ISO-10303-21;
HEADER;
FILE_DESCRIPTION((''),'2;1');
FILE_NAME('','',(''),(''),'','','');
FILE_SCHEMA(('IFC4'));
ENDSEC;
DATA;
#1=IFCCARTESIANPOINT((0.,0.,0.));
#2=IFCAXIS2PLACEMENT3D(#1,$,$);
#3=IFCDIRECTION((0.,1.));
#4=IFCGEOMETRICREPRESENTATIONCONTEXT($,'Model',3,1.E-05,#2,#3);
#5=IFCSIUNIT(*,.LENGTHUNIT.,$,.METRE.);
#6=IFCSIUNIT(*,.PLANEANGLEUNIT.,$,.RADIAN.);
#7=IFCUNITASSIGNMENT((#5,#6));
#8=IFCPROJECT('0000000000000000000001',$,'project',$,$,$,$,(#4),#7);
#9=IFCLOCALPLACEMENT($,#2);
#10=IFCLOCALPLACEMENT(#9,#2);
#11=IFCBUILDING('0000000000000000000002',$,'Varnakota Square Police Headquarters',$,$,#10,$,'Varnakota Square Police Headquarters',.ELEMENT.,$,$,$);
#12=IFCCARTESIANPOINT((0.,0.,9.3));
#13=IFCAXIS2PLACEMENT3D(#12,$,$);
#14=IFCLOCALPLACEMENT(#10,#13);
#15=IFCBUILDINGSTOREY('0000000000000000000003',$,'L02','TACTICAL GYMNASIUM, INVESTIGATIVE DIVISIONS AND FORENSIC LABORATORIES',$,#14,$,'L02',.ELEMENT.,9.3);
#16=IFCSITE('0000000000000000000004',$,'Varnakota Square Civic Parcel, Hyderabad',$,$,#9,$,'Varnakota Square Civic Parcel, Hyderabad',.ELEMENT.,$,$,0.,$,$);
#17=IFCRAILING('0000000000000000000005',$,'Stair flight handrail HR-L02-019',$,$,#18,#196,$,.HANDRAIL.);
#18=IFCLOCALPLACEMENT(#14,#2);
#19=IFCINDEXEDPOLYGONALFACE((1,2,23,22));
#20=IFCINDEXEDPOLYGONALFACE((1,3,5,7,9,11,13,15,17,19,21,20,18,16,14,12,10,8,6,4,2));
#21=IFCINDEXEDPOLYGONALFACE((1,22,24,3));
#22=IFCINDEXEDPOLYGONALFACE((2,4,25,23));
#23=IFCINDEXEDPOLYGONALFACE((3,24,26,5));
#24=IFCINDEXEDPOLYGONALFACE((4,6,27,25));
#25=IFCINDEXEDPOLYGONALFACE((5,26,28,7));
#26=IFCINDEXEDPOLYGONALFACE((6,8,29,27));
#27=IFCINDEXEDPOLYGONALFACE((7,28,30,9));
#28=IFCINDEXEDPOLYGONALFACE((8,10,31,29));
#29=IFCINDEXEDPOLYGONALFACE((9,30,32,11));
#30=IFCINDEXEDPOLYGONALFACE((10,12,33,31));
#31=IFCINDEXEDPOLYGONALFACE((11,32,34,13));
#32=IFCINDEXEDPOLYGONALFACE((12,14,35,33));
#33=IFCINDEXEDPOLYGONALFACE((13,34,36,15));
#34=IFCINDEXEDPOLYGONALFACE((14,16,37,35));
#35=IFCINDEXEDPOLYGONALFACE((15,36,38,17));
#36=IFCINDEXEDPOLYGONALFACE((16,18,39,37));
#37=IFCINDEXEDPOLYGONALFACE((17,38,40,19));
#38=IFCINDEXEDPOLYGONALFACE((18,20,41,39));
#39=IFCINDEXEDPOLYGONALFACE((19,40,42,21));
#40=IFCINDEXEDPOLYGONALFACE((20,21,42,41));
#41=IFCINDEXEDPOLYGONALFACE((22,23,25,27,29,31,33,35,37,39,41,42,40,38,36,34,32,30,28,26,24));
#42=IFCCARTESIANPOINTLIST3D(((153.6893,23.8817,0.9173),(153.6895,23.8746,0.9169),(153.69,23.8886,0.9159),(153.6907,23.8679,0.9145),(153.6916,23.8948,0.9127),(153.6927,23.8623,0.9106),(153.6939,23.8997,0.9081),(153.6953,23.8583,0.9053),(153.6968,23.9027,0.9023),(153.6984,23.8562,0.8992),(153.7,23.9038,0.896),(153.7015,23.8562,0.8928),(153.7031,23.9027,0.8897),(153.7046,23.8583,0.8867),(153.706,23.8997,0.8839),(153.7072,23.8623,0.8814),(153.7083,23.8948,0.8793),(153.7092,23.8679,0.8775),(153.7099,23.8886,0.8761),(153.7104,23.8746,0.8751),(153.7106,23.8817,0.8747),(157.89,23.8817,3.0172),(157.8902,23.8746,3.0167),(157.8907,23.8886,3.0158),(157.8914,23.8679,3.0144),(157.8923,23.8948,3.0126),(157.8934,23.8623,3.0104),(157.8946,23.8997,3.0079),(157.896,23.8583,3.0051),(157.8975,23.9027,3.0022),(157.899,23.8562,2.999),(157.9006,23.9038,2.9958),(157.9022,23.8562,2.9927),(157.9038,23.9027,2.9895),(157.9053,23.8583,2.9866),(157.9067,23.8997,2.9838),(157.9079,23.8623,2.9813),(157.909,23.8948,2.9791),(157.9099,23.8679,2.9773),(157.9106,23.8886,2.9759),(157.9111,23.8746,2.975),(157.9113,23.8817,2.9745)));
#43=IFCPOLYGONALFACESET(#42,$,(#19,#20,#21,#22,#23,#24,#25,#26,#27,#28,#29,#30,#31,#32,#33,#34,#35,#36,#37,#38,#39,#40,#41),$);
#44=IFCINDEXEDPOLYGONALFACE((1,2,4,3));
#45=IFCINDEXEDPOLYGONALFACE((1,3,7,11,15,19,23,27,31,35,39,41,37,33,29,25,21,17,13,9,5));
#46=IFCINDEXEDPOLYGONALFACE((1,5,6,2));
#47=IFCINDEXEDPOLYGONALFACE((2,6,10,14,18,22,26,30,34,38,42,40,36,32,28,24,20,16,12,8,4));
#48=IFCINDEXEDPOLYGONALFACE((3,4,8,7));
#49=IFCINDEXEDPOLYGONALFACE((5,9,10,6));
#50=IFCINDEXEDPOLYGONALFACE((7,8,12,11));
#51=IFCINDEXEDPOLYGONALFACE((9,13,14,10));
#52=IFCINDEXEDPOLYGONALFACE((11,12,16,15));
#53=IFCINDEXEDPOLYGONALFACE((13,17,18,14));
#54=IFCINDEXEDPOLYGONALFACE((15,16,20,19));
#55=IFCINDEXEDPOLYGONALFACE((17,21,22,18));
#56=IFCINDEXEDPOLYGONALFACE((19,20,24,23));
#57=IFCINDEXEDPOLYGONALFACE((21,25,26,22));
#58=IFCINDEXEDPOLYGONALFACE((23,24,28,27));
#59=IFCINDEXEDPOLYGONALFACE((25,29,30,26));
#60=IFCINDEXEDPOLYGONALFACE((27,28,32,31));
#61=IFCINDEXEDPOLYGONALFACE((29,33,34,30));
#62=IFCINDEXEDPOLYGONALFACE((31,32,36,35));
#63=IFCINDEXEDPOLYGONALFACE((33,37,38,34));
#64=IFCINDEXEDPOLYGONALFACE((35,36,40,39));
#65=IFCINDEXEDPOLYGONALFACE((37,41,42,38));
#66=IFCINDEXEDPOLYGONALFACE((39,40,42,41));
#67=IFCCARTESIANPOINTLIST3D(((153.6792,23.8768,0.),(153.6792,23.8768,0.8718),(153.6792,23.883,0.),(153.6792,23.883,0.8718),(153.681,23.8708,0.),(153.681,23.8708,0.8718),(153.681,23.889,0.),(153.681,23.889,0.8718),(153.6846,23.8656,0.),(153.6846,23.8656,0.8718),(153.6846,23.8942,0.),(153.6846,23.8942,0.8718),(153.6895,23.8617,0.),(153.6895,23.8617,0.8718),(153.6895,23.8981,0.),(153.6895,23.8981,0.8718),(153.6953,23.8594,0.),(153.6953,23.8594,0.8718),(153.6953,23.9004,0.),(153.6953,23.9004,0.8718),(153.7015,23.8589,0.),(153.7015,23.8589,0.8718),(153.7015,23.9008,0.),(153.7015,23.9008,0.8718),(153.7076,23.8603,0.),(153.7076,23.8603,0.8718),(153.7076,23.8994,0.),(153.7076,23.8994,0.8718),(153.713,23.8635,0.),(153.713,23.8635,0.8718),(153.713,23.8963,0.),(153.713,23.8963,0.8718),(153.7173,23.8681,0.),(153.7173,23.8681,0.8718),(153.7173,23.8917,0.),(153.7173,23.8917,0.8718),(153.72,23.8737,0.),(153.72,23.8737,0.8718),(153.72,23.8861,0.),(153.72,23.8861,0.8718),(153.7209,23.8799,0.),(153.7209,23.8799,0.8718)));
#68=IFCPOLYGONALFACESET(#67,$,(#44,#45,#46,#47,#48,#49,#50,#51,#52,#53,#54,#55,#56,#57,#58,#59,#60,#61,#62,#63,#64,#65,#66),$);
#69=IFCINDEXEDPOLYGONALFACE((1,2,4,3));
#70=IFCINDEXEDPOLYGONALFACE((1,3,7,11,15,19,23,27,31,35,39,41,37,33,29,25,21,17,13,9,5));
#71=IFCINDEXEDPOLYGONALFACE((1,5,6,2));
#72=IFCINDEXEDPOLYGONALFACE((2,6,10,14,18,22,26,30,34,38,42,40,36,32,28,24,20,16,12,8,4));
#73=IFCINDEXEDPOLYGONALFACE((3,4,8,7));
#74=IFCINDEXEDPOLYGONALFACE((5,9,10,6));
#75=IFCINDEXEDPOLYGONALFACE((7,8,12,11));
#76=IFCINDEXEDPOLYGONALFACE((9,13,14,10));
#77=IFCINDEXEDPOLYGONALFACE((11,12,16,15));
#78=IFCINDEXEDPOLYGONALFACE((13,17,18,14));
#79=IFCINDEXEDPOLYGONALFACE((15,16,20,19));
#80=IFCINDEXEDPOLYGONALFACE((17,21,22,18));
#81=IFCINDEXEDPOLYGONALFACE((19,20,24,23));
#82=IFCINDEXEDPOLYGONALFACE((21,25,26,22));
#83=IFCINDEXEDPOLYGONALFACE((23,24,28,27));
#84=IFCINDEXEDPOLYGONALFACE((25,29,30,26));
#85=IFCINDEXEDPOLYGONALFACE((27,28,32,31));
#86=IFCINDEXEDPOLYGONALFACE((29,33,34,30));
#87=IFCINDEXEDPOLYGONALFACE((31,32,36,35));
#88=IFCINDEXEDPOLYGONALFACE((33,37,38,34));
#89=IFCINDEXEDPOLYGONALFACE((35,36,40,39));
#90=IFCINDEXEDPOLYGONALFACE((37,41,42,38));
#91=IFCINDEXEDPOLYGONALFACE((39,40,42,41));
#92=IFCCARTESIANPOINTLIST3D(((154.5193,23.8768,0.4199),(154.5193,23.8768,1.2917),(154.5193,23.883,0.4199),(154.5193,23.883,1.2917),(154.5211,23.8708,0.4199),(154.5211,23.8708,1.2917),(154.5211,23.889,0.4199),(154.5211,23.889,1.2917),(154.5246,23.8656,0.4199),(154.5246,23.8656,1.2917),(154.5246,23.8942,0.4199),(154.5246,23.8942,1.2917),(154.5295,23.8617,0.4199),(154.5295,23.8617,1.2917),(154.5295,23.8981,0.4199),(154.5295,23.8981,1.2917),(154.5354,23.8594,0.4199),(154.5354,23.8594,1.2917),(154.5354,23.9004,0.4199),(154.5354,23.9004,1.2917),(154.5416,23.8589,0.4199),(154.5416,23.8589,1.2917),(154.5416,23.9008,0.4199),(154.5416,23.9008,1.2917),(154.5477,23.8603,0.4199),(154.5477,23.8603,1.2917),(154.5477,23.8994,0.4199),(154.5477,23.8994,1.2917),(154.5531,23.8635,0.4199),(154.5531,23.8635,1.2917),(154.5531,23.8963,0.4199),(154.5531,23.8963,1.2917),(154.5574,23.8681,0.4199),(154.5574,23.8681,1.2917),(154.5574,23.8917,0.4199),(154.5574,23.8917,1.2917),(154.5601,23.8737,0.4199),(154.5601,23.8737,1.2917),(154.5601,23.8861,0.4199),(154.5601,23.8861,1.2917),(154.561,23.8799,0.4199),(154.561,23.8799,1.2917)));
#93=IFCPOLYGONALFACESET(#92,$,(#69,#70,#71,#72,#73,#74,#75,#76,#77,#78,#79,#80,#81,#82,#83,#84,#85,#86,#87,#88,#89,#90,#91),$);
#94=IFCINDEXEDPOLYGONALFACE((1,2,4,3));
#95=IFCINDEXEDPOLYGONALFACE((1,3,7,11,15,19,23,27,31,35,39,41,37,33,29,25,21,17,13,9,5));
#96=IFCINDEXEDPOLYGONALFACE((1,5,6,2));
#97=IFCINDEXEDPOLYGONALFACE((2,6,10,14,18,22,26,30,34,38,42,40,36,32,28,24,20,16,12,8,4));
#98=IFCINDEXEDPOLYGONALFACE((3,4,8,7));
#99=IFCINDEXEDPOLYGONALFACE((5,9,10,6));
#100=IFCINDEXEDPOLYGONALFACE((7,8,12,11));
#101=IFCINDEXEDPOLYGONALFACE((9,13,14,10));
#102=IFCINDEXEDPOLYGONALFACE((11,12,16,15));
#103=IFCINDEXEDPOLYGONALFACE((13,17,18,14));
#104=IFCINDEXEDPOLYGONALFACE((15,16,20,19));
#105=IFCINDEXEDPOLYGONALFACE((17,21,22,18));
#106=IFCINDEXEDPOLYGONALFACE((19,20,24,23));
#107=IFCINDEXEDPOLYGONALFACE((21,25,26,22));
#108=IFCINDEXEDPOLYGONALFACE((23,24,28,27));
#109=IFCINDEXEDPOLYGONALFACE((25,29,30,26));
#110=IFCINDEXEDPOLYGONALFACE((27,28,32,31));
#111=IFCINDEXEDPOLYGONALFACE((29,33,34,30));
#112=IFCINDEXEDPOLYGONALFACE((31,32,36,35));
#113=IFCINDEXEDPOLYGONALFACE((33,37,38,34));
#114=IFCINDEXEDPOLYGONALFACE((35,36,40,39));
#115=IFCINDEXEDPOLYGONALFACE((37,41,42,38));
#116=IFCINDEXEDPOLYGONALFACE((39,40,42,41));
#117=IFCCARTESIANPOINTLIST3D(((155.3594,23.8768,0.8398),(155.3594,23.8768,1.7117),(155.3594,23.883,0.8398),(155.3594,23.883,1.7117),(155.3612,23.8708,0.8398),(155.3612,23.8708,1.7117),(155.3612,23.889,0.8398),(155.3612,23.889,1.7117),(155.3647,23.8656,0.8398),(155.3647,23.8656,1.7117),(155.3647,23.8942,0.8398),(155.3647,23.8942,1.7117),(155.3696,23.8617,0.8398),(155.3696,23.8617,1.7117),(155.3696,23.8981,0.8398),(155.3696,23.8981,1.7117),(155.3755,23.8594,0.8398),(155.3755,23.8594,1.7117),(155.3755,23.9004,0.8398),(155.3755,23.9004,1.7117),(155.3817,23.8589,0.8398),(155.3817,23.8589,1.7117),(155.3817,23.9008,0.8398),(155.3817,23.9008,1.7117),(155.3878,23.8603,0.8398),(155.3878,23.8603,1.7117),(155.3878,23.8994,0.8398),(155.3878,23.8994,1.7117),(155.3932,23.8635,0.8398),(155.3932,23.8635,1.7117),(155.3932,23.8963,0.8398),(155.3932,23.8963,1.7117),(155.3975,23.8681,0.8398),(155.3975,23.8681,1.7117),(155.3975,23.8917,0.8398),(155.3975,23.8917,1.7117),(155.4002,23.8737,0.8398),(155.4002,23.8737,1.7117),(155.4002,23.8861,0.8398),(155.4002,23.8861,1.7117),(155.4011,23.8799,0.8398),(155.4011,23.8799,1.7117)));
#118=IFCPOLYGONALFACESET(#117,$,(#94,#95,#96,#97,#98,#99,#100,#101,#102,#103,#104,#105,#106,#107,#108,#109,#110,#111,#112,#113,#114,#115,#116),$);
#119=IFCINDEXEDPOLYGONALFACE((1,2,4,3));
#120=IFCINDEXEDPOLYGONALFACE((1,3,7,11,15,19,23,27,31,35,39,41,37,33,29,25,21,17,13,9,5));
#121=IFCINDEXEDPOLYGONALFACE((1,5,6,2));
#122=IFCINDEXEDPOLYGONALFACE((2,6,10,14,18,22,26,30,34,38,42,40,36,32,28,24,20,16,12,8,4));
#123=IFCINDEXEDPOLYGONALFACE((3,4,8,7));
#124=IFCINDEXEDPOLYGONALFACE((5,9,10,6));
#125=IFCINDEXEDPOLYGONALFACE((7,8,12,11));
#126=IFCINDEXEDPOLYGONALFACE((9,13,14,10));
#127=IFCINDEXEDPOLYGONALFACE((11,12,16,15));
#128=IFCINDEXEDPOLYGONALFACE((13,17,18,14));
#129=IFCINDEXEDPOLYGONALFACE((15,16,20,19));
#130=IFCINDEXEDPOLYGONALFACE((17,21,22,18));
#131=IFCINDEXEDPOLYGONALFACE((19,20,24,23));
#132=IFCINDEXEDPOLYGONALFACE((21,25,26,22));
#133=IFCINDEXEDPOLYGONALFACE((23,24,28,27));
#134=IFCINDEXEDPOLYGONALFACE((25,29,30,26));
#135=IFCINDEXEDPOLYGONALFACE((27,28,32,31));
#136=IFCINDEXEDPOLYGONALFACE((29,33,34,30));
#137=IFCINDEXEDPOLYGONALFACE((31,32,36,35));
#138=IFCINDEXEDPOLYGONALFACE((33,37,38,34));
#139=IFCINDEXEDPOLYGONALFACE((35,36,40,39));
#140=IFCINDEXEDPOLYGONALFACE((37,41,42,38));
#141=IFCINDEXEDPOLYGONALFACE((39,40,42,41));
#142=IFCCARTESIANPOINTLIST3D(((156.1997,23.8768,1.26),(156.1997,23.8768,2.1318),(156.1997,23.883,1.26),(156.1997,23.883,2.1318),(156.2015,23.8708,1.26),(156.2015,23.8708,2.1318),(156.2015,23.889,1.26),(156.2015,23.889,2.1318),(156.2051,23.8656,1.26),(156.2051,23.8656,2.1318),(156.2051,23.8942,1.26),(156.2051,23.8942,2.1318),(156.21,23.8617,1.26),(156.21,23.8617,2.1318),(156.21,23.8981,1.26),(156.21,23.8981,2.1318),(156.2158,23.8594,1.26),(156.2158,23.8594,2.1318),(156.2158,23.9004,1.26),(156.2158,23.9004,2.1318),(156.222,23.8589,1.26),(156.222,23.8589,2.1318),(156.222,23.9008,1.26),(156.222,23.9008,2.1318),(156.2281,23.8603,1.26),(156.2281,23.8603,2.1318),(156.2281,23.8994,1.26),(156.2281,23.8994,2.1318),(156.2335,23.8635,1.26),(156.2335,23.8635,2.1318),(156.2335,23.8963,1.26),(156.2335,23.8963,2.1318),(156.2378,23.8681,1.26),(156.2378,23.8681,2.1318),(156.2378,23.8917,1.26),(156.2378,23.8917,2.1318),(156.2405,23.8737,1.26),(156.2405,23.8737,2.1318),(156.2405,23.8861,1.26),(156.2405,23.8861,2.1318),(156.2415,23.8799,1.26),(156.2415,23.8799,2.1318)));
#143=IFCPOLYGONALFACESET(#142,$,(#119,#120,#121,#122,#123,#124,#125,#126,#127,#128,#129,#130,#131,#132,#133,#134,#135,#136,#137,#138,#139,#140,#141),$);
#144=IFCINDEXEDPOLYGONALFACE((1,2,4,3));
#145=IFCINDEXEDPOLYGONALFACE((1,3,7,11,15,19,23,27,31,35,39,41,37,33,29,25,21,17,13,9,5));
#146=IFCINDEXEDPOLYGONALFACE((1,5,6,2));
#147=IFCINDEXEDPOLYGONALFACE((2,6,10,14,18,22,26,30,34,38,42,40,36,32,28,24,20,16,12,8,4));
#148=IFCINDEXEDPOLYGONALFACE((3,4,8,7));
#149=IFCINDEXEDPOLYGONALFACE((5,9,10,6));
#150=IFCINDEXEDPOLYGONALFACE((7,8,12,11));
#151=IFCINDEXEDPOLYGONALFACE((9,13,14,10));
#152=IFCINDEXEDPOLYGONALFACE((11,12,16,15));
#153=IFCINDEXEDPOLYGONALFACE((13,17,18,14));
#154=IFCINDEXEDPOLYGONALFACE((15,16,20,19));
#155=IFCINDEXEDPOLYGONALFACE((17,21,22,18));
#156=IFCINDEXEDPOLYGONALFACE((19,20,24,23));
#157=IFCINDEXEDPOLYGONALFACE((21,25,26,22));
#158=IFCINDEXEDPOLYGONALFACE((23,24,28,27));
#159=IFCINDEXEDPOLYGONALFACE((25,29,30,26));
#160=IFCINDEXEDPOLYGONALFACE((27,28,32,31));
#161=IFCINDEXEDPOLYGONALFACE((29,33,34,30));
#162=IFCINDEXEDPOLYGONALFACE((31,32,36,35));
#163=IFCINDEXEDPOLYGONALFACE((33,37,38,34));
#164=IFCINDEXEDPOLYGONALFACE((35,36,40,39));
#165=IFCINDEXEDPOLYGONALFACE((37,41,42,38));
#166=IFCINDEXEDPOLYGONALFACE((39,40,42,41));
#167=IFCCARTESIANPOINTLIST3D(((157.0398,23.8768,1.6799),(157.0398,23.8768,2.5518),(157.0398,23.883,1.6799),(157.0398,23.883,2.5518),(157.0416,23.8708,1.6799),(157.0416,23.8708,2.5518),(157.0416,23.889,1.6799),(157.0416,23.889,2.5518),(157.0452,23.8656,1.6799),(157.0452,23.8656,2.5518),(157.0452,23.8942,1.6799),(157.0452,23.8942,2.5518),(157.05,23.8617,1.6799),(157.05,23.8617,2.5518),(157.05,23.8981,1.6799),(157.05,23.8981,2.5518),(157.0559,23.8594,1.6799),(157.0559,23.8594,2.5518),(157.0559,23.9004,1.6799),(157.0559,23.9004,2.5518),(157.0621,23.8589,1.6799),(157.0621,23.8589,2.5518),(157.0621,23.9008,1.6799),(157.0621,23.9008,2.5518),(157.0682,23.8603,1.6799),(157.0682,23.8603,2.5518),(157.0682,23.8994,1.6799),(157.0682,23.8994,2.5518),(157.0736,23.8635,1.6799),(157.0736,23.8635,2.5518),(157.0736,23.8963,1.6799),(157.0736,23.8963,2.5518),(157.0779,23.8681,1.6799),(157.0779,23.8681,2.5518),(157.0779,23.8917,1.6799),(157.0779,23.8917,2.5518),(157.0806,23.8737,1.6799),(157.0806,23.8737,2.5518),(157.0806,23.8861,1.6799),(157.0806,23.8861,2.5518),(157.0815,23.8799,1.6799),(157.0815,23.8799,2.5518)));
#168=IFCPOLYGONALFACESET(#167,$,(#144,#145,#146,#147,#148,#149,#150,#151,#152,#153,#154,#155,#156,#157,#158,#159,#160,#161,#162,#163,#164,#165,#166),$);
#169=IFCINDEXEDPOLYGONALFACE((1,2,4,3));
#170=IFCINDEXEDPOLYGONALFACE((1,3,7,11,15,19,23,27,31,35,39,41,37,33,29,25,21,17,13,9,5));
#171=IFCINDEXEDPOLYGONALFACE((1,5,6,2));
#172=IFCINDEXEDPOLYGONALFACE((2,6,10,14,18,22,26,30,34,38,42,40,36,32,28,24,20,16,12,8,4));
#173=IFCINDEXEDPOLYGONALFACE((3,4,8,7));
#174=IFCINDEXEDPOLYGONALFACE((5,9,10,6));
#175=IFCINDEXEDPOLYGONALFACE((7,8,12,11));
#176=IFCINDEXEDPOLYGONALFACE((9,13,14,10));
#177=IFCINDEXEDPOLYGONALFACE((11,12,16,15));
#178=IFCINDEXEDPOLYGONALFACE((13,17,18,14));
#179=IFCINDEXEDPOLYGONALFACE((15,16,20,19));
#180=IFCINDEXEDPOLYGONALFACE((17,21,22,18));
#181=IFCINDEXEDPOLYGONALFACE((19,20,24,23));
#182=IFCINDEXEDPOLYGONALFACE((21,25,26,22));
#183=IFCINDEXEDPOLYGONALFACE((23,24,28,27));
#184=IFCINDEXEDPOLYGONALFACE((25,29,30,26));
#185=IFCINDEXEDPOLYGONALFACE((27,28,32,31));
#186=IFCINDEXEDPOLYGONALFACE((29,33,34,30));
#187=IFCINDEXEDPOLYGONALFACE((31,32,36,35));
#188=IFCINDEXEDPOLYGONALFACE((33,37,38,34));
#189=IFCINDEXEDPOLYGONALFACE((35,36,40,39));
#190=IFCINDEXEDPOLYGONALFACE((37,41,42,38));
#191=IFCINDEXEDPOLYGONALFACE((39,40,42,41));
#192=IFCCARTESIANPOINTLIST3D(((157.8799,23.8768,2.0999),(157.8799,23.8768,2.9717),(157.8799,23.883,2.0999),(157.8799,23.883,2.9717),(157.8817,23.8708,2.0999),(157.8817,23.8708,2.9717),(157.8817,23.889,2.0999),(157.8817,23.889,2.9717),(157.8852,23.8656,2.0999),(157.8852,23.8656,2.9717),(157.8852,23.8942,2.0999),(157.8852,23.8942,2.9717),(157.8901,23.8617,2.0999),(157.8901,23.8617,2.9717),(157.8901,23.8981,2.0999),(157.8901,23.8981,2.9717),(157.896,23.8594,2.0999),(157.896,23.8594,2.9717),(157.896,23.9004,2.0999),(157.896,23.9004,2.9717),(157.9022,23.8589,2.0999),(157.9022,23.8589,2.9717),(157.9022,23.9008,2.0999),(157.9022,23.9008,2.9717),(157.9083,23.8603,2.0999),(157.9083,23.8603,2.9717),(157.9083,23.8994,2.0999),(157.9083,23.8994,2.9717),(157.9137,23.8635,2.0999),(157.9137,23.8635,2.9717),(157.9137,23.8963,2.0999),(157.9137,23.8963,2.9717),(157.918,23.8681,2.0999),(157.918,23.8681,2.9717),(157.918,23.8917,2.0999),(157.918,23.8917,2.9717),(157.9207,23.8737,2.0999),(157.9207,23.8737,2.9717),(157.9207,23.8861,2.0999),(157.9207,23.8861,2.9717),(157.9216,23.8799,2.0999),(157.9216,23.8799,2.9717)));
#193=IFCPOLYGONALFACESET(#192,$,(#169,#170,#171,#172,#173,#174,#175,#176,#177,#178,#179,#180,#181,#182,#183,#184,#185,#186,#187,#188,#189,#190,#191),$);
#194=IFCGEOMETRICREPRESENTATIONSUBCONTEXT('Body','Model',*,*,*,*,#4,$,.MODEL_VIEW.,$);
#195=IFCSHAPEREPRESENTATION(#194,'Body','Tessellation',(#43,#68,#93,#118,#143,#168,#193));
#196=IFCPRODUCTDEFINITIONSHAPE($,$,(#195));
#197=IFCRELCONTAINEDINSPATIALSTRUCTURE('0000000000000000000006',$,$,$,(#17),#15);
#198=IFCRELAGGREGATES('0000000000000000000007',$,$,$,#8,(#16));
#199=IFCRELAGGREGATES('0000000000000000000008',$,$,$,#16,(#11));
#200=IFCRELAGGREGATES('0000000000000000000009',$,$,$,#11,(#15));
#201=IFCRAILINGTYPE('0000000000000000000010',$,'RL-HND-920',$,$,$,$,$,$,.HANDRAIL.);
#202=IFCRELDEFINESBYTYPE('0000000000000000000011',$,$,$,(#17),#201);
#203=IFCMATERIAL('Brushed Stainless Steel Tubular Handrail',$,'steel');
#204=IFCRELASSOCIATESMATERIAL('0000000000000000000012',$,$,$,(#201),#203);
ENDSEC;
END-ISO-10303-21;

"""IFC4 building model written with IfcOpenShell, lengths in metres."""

from ifc_helpers import new_model, si_unit, direction, frame, origin, origin_2d, place, context, subcontext, project, spatial, circle, extrude, material, type_object, element, save


model = new_model("IFC4")

# Units and contexts
model_context = context("Model", 3, precision=1e-05, world=origin(), true_north=direction((0.0, 1.0)))
body_context = subcontext(model_context, "Body", "Model", "MODEL_VIEW")
ifc_project = project(units=[si_unit("LENGTHUNIT", "METRE"), si_unit("PLANEANGLEUNIT", "RADIAN")], contexts=[model_context])

# Site, building, storey
site_placement = place(None, origin())
site = spatial("IfcSite", under=ifc_project, at=site_placement, Name="Varnakota Square Civic Parcel, Hyderabad", LongName="Varnakota Square Civic Parcel, Hyderabad", CompositionType="ELEMENT", RefElevation=0.0)
building_placement = place(site_placement, origin())
building = spatial("IfcBuilding", under=site, at=building_placement, Name="Varnakota Square Police Headquarters", LongName="Varnakota Square Police Headquarters", CompositionType="ELEMENT")
storey_placement = place(building_placement, frame((0.0, 0.0, 9.3)))
storey = spatial("IfcBuildingStorey", under=building, at=storey_placement, Name="L02", Description="TACTICAL GYMNASIUM, INVESTIGATIVE DIVISIONS AND FORENSIC LABORATORIES", LongName="L02", CompositionType="ELEMENT", Elevation=9.3)

# Railing
ifc_material_1 = material(Name="Brushed Stainless Steel Tubular Handrail", Category="steel")
railing_type_1 = type_object("IfcRailingType", Name="RL-HND-920", PredefinedType="HANDRAIL", material=ifc_material_1)
railing_1_placement = place(storey_placement, frame((153.7, 23.8799, 0.0)))
element("IfcRailing", 1, at=railing_1_placement, inside=storey, type_object=railing_type_1, Name="Stair flight handrail HR-L02-019", PredefinedType="HANDRAIL", context=body_context, shape_type="SweptSolid", body=[
    extrude(circle(Radius=0.0239, at=origin_2d()), frame((0.0, 0.0, 0.896), z_axis=(0.894469, 0.0, 0.44713), x_axis=(0.0, 1.0, 0.0)), (0.0, 0.0, 1.0), 4.6963),
    extrude(circle(Radius=0.021, at=origin_2d()), origin(), (0.0, 0.0, 1.0), 0.8718),
    extrude(circle(Radius=0.021, at=origin_2d()), frame((0.8401, 0.0, 0.4199)), (0.0, 0.0, 1.0), 0.8718),
    extrude(circle(Radius=0.021, at=origin_2d()), frame((1.6802, 0.0, 0.8398)), (0.0, 0.0, 1.0), 0.8718),
    extrude(circle(Radius=0.021, at=origin_2d()), frame((2.5205, 0.0, 1.26)), (0.0, 0.0, 1.0), 0.8718),
    extrude(circle(Radius=0.021, at=origin_2d()), frame((3.3606, 0.0, 1.6799)), (0.0, 0.0, 1.0), 0.8718),
    extrude(circle(Radius=0.021, at=origin_2d()), frame((4.2007, 0.0, 2.0999)), (0.0, 0.0, 1.0), 0.8718),
])

save(model, "model.ifc")
